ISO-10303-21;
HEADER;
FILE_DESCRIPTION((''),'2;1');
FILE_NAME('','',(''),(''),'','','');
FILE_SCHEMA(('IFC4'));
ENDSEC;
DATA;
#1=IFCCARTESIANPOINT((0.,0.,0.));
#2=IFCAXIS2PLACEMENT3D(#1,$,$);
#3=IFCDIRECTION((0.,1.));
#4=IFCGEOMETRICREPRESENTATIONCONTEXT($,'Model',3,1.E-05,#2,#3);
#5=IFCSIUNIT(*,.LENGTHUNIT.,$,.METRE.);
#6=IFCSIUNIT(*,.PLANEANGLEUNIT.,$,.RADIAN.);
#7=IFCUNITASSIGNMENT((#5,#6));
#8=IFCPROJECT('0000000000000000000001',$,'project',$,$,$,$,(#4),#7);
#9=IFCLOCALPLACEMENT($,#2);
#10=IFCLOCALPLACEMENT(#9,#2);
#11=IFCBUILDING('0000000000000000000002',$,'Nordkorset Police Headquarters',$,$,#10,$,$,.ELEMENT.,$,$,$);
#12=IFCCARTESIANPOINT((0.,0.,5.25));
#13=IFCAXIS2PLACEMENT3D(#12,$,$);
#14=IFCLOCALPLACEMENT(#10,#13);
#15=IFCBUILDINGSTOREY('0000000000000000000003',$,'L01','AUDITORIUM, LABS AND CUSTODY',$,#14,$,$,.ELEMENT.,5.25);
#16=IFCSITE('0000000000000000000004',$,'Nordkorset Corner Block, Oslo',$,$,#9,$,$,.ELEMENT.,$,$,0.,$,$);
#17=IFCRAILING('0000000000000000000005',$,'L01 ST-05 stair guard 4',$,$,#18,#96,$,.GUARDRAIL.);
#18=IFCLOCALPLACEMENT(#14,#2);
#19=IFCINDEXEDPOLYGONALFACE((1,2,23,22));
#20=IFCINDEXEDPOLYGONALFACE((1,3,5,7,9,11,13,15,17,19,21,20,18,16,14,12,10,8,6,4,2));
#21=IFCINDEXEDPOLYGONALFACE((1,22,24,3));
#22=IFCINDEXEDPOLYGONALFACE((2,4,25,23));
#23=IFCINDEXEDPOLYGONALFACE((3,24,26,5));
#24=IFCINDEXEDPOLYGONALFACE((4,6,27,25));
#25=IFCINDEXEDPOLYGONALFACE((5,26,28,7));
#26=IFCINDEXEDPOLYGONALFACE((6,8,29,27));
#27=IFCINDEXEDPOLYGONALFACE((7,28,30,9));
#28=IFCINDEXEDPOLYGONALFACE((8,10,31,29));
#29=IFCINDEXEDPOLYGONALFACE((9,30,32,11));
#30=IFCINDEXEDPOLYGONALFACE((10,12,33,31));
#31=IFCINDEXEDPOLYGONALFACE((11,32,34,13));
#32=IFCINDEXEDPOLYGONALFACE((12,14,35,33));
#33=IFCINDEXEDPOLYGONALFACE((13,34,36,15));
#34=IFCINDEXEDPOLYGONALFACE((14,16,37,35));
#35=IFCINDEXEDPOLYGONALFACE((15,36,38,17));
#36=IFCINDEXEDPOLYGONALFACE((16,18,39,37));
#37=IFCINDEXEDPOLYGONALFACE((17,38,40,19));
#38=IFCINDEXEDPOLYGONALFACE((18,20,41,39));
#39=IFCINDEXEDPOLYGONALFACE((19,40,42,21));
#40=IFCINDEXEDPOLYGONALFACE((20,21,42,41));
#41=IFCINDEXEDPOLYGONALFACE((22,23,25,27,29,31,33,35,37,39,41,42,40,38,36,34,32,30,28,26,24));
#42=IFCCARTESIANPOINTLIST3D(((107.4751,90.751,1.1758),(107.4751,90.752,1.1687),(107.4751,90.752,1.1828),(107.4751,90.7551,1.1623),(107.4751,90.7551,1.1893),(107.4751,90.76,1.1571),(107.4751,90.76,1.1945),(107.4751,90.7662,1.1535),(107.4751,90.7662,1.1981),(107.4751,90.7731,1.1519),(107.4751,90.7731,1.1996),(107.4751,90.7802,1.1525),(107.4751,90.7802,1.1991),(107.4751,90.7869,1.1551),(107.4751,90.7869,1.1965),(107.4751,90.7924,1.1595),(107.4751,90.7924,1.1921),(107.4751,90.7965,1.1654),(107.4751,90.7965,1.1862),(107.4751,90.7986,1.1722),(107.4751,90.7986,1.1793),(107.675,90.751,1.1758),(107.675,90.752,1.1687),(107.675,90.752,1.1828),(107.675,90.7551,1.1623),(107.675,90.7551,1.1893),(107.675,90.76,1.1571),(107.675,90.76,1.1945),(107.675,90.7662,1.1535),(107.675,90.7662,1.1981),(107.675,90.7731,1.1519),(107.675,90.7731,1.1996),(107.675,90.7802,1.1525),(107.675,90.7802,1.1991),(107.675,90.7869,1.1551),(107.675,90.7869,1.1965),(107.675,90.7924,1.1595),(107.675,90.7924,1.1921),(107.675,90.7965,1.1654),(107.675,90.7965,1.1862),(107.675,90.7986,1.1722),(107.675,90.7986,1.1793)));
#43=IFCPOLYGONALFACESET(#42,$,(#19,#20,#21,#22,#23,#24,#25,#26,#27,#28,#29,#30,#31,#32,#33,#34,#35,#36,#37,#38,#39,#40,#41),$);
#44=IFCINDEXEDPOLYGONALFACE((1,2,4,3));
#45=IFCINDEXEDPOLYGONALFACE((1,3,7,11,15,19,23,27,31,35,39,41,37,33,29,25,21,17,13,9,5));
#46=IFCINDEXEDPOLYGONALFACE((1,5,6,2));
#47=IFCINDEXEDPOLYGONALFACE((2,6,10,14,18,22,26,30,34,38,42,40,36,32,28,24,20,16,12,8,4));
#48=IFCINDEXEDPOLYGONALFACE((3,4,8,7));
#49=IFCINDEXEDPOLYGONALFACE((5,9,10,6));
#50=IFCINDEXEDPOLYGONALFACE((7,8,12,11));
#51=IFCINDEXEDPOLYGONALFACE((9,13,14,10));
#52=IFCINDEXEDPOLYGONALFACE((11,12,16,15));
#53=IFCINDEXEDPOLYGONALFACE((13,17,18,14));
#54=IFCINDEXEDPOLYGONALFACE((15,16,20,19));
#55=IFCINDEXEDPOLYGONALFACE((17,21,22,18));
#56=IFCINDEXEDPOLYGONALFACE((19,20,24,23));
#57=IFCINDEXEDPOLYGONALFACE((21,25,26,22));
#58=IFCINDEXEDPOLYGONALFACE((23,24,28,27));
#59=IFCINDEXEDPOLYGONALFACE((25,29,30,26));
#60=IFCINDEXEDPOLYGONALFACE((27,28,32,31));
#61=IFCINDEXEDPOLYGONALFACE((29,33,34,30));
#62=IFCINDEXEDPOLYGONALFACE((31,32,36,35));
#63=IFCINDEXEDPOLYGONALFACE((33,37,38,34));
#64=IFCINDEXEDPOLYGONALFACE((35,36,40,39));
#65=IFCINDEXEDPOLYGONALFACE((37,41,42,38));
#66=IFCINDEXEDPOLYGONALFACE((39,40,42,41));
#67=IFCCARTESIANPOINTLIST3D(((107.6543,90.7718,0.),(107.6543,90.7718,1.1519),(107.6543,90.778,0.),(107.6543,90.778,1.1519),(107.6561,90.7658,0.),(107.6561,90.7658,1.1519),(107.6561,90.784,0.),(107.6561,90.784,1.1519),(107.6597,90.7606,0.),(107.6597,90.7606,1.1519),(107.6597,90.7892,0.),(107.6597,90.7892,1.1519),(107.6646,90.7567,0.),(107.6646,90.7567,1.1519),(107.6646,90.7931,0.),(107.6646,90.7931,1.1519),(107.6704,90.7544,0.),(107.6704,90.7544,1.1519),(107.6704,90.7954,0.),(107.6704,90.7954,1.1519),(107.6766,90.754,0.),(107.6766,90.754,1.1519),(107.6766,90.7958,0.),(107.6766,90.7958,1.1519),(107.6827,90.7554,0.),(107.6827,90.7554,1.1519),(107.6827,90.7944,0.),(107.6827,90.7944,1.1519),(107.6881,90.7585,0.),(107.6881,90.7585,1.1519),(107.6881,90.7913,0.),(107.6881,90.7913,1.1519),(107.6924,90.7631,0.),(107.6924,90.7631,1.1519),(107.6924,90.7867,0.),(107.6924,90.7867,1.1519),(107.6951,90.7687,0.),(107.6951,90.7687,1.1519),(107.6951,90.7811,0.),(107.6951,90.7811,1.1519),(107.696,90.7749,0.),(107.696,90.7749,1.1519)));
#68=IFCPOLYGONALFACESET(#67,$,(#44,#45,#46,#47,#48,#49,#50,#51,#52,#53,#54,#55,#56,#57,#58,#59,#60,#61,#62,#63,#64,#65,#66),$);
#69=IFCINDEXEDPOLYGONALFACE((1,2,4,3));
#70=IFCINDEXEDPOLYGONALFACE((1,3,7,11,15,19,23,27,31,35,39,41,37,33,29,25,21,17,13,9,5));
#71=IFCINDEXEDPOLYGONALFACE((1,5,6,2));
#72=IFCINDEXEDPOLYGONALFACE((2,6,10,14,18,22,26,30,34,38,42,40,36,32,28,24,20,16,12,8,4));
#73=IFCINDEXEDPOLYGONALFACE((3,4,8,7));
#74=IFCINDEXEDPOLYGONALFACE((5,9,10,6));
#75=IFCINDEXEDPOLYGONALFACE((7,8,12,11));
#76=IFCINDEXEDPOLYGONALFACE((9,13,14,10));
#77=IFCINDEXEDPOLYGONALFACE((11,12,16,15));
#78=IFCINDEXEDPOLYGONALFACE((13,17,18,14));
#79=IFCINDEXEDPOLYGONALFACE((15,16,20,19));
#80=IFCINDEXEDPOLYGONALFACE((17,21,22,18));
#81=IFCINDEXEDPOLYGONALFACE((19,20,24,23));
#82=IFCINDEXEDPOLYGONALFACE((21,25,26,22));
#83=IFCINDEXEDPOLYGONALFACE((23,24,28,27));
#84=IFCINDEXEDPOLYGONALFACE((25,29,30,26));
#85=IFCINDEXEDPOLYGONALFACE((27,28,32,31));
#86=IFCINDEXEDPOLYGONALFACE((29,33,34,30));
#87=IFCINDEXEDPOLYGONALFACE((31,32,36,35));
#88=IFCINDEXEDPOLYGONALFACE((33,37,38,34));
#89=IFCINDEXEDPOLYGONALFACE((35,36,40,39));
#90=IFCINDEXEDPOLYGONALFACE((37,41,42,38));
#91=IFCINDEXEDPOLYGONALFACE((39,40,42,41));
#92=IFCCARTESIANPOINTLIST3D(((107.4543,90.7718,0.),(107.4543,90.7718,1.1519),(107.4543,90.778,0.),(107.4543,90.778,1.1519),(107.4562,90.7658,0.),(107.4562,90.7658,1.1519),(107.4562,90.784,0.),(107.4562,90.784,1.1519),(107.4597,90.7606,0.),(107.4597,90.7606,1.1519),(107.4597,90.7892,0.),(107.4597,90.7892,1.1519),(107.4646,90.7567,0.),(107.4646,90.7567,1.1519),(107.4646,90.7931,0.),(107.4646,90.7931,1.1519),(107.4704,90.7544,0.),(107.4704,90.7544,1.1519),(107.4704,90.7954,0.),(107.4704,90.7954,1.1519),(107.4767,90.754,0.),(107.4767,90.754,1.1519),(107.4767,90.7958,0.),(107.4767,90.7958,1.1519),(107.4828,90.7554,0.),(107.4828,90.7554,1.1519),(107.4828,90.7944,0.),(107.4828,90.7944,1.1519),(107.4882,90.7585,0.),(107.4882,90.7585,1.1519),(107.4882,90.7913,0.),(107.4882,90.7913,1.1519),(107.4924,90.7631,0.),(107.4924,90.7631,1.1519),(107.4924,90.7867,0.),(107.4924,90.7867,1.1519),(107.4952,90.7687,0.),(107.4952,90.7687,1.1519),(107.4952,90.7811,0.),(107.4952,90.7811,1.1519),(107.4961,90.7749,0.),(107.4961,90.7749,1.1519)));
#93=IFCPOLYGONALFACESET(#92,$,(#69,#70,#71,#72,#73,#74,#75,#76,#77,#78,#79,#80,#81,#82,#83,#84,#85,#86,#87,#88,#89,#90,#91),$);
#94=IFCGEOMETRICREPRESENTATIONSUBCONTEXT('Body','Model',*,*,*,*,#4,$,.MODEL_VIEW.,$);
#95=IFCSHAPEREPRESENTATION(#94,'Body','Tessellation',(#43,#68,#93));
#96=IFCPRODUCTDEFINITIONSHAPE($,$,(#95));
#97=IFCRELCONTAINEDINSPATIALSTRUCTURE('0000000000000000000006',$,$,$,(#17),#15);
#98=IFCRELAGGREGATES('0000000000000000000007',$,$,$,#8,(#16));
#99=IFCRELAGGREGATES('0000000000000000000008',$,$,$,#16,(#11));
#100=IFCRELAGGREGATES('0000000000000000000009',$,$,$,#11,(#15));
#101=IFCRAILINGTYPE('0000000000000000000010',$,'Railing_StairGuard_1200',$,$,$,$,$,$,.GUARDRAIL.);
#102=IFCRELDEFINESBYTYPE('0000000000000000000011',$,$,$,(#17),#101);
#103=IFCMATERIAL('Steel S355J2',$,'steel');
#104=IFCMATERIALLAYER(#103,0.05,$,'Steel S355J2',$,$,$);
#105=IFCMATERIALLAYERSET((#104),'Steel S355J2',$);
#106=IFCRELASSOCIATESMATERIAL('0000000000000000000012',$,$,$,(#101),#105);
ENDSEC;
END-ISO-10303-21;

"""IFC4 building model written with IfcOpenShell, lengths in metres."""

from ifc_helpers import new_model, si_unit, direction, frame, origin, origin_2d, place, context, subcontext, project, spatial, circle, extrude, material, layer, layer_set, type_object, element, save


model = new_model("IFC4")

# Units and contexts
model_context = context("Model", 3, precision=1e-05, world=origin(), true_north=direction((0.0, 1.0)))
body_context = subcontext(model_context, "Body", "Model", "MODEL_VIEW")
ifc_project = project(units=[si_unit("LENGTHUNIT", "METRE"), si_unit("PLANEANGLEUNIT", "RADIAN")], contexts=[model_context])

# Site, building, storey
site_placement = place(None, origin())
site = spatial("IfcSite", under=ifc_project, at=site_placement, Name="Nordkorset Corner Block, Oslo", CompositionType="ELEMENT", RefElevation=0.0)
building_placement = place(site_placement, origin())
building = spatial("IfcBuilding", under=site, at=building_placement, Name="Nordkorset Police Headquarters", CompositionType="ELEMENT")
storey_placement = place(building_placement, frame((0.0, 0.0, 5.25)))
storey = spatial("IfcBuildingStorey", under=building, at=storey_placement, Name="L01", Description="AUDITORIUM, LABS AND CUSTODY", CompositionType="ELEMENT", Elevation=5.25)

# Railing
ifc_material_1 = material(Name="Steel S355J2", Category="steel")
ifc_layer_1 = layer(ifc_material_1, 0.05, Name="Steel S355J2")
ifc_layer_set_1 = layer_set([ifc_layer_1], Name="Steel S355J2")
railing_type_1 = type_object("IfcRailingType", Name="Railing_StairGuard_1200", PredefinedType="GUARDRAIL", material=ifc_layer_set_1)
railing_1_placement = place(storey_placement, frame((107.675, 90.7749, 0.0)))
element("IfcRailing", 1, at=railing_1_placement, inside=storey, type_object=railing_type_1, Name="L01 ST-05 stair guard 4", PredefinedType="GUARDRAIL", context=body_context, shape_type="SweptSolid", body=[
    extrude(circle(Radius=0.0239, at=origin_2d()), frame((0.0, 0.0, 1.1758), z_axis=(-1.0, 0.0, 0.0), x_axis=(0.0, -1.0, 0.0)), (0.0, 0.0, 1.0), 0.2),
    extrude(circle(Radius=0.021, at=origin_2d()), origin(), (0.0, 0.0, 1.0), 1.1519),
    extrude(circle(Radius=0.021, at=origin_2d()), frame((-0.2, 0.0, 0.0)), (0.0, 0.0, 1.0), 1.1519),
])

save(model, "model.ifc")
